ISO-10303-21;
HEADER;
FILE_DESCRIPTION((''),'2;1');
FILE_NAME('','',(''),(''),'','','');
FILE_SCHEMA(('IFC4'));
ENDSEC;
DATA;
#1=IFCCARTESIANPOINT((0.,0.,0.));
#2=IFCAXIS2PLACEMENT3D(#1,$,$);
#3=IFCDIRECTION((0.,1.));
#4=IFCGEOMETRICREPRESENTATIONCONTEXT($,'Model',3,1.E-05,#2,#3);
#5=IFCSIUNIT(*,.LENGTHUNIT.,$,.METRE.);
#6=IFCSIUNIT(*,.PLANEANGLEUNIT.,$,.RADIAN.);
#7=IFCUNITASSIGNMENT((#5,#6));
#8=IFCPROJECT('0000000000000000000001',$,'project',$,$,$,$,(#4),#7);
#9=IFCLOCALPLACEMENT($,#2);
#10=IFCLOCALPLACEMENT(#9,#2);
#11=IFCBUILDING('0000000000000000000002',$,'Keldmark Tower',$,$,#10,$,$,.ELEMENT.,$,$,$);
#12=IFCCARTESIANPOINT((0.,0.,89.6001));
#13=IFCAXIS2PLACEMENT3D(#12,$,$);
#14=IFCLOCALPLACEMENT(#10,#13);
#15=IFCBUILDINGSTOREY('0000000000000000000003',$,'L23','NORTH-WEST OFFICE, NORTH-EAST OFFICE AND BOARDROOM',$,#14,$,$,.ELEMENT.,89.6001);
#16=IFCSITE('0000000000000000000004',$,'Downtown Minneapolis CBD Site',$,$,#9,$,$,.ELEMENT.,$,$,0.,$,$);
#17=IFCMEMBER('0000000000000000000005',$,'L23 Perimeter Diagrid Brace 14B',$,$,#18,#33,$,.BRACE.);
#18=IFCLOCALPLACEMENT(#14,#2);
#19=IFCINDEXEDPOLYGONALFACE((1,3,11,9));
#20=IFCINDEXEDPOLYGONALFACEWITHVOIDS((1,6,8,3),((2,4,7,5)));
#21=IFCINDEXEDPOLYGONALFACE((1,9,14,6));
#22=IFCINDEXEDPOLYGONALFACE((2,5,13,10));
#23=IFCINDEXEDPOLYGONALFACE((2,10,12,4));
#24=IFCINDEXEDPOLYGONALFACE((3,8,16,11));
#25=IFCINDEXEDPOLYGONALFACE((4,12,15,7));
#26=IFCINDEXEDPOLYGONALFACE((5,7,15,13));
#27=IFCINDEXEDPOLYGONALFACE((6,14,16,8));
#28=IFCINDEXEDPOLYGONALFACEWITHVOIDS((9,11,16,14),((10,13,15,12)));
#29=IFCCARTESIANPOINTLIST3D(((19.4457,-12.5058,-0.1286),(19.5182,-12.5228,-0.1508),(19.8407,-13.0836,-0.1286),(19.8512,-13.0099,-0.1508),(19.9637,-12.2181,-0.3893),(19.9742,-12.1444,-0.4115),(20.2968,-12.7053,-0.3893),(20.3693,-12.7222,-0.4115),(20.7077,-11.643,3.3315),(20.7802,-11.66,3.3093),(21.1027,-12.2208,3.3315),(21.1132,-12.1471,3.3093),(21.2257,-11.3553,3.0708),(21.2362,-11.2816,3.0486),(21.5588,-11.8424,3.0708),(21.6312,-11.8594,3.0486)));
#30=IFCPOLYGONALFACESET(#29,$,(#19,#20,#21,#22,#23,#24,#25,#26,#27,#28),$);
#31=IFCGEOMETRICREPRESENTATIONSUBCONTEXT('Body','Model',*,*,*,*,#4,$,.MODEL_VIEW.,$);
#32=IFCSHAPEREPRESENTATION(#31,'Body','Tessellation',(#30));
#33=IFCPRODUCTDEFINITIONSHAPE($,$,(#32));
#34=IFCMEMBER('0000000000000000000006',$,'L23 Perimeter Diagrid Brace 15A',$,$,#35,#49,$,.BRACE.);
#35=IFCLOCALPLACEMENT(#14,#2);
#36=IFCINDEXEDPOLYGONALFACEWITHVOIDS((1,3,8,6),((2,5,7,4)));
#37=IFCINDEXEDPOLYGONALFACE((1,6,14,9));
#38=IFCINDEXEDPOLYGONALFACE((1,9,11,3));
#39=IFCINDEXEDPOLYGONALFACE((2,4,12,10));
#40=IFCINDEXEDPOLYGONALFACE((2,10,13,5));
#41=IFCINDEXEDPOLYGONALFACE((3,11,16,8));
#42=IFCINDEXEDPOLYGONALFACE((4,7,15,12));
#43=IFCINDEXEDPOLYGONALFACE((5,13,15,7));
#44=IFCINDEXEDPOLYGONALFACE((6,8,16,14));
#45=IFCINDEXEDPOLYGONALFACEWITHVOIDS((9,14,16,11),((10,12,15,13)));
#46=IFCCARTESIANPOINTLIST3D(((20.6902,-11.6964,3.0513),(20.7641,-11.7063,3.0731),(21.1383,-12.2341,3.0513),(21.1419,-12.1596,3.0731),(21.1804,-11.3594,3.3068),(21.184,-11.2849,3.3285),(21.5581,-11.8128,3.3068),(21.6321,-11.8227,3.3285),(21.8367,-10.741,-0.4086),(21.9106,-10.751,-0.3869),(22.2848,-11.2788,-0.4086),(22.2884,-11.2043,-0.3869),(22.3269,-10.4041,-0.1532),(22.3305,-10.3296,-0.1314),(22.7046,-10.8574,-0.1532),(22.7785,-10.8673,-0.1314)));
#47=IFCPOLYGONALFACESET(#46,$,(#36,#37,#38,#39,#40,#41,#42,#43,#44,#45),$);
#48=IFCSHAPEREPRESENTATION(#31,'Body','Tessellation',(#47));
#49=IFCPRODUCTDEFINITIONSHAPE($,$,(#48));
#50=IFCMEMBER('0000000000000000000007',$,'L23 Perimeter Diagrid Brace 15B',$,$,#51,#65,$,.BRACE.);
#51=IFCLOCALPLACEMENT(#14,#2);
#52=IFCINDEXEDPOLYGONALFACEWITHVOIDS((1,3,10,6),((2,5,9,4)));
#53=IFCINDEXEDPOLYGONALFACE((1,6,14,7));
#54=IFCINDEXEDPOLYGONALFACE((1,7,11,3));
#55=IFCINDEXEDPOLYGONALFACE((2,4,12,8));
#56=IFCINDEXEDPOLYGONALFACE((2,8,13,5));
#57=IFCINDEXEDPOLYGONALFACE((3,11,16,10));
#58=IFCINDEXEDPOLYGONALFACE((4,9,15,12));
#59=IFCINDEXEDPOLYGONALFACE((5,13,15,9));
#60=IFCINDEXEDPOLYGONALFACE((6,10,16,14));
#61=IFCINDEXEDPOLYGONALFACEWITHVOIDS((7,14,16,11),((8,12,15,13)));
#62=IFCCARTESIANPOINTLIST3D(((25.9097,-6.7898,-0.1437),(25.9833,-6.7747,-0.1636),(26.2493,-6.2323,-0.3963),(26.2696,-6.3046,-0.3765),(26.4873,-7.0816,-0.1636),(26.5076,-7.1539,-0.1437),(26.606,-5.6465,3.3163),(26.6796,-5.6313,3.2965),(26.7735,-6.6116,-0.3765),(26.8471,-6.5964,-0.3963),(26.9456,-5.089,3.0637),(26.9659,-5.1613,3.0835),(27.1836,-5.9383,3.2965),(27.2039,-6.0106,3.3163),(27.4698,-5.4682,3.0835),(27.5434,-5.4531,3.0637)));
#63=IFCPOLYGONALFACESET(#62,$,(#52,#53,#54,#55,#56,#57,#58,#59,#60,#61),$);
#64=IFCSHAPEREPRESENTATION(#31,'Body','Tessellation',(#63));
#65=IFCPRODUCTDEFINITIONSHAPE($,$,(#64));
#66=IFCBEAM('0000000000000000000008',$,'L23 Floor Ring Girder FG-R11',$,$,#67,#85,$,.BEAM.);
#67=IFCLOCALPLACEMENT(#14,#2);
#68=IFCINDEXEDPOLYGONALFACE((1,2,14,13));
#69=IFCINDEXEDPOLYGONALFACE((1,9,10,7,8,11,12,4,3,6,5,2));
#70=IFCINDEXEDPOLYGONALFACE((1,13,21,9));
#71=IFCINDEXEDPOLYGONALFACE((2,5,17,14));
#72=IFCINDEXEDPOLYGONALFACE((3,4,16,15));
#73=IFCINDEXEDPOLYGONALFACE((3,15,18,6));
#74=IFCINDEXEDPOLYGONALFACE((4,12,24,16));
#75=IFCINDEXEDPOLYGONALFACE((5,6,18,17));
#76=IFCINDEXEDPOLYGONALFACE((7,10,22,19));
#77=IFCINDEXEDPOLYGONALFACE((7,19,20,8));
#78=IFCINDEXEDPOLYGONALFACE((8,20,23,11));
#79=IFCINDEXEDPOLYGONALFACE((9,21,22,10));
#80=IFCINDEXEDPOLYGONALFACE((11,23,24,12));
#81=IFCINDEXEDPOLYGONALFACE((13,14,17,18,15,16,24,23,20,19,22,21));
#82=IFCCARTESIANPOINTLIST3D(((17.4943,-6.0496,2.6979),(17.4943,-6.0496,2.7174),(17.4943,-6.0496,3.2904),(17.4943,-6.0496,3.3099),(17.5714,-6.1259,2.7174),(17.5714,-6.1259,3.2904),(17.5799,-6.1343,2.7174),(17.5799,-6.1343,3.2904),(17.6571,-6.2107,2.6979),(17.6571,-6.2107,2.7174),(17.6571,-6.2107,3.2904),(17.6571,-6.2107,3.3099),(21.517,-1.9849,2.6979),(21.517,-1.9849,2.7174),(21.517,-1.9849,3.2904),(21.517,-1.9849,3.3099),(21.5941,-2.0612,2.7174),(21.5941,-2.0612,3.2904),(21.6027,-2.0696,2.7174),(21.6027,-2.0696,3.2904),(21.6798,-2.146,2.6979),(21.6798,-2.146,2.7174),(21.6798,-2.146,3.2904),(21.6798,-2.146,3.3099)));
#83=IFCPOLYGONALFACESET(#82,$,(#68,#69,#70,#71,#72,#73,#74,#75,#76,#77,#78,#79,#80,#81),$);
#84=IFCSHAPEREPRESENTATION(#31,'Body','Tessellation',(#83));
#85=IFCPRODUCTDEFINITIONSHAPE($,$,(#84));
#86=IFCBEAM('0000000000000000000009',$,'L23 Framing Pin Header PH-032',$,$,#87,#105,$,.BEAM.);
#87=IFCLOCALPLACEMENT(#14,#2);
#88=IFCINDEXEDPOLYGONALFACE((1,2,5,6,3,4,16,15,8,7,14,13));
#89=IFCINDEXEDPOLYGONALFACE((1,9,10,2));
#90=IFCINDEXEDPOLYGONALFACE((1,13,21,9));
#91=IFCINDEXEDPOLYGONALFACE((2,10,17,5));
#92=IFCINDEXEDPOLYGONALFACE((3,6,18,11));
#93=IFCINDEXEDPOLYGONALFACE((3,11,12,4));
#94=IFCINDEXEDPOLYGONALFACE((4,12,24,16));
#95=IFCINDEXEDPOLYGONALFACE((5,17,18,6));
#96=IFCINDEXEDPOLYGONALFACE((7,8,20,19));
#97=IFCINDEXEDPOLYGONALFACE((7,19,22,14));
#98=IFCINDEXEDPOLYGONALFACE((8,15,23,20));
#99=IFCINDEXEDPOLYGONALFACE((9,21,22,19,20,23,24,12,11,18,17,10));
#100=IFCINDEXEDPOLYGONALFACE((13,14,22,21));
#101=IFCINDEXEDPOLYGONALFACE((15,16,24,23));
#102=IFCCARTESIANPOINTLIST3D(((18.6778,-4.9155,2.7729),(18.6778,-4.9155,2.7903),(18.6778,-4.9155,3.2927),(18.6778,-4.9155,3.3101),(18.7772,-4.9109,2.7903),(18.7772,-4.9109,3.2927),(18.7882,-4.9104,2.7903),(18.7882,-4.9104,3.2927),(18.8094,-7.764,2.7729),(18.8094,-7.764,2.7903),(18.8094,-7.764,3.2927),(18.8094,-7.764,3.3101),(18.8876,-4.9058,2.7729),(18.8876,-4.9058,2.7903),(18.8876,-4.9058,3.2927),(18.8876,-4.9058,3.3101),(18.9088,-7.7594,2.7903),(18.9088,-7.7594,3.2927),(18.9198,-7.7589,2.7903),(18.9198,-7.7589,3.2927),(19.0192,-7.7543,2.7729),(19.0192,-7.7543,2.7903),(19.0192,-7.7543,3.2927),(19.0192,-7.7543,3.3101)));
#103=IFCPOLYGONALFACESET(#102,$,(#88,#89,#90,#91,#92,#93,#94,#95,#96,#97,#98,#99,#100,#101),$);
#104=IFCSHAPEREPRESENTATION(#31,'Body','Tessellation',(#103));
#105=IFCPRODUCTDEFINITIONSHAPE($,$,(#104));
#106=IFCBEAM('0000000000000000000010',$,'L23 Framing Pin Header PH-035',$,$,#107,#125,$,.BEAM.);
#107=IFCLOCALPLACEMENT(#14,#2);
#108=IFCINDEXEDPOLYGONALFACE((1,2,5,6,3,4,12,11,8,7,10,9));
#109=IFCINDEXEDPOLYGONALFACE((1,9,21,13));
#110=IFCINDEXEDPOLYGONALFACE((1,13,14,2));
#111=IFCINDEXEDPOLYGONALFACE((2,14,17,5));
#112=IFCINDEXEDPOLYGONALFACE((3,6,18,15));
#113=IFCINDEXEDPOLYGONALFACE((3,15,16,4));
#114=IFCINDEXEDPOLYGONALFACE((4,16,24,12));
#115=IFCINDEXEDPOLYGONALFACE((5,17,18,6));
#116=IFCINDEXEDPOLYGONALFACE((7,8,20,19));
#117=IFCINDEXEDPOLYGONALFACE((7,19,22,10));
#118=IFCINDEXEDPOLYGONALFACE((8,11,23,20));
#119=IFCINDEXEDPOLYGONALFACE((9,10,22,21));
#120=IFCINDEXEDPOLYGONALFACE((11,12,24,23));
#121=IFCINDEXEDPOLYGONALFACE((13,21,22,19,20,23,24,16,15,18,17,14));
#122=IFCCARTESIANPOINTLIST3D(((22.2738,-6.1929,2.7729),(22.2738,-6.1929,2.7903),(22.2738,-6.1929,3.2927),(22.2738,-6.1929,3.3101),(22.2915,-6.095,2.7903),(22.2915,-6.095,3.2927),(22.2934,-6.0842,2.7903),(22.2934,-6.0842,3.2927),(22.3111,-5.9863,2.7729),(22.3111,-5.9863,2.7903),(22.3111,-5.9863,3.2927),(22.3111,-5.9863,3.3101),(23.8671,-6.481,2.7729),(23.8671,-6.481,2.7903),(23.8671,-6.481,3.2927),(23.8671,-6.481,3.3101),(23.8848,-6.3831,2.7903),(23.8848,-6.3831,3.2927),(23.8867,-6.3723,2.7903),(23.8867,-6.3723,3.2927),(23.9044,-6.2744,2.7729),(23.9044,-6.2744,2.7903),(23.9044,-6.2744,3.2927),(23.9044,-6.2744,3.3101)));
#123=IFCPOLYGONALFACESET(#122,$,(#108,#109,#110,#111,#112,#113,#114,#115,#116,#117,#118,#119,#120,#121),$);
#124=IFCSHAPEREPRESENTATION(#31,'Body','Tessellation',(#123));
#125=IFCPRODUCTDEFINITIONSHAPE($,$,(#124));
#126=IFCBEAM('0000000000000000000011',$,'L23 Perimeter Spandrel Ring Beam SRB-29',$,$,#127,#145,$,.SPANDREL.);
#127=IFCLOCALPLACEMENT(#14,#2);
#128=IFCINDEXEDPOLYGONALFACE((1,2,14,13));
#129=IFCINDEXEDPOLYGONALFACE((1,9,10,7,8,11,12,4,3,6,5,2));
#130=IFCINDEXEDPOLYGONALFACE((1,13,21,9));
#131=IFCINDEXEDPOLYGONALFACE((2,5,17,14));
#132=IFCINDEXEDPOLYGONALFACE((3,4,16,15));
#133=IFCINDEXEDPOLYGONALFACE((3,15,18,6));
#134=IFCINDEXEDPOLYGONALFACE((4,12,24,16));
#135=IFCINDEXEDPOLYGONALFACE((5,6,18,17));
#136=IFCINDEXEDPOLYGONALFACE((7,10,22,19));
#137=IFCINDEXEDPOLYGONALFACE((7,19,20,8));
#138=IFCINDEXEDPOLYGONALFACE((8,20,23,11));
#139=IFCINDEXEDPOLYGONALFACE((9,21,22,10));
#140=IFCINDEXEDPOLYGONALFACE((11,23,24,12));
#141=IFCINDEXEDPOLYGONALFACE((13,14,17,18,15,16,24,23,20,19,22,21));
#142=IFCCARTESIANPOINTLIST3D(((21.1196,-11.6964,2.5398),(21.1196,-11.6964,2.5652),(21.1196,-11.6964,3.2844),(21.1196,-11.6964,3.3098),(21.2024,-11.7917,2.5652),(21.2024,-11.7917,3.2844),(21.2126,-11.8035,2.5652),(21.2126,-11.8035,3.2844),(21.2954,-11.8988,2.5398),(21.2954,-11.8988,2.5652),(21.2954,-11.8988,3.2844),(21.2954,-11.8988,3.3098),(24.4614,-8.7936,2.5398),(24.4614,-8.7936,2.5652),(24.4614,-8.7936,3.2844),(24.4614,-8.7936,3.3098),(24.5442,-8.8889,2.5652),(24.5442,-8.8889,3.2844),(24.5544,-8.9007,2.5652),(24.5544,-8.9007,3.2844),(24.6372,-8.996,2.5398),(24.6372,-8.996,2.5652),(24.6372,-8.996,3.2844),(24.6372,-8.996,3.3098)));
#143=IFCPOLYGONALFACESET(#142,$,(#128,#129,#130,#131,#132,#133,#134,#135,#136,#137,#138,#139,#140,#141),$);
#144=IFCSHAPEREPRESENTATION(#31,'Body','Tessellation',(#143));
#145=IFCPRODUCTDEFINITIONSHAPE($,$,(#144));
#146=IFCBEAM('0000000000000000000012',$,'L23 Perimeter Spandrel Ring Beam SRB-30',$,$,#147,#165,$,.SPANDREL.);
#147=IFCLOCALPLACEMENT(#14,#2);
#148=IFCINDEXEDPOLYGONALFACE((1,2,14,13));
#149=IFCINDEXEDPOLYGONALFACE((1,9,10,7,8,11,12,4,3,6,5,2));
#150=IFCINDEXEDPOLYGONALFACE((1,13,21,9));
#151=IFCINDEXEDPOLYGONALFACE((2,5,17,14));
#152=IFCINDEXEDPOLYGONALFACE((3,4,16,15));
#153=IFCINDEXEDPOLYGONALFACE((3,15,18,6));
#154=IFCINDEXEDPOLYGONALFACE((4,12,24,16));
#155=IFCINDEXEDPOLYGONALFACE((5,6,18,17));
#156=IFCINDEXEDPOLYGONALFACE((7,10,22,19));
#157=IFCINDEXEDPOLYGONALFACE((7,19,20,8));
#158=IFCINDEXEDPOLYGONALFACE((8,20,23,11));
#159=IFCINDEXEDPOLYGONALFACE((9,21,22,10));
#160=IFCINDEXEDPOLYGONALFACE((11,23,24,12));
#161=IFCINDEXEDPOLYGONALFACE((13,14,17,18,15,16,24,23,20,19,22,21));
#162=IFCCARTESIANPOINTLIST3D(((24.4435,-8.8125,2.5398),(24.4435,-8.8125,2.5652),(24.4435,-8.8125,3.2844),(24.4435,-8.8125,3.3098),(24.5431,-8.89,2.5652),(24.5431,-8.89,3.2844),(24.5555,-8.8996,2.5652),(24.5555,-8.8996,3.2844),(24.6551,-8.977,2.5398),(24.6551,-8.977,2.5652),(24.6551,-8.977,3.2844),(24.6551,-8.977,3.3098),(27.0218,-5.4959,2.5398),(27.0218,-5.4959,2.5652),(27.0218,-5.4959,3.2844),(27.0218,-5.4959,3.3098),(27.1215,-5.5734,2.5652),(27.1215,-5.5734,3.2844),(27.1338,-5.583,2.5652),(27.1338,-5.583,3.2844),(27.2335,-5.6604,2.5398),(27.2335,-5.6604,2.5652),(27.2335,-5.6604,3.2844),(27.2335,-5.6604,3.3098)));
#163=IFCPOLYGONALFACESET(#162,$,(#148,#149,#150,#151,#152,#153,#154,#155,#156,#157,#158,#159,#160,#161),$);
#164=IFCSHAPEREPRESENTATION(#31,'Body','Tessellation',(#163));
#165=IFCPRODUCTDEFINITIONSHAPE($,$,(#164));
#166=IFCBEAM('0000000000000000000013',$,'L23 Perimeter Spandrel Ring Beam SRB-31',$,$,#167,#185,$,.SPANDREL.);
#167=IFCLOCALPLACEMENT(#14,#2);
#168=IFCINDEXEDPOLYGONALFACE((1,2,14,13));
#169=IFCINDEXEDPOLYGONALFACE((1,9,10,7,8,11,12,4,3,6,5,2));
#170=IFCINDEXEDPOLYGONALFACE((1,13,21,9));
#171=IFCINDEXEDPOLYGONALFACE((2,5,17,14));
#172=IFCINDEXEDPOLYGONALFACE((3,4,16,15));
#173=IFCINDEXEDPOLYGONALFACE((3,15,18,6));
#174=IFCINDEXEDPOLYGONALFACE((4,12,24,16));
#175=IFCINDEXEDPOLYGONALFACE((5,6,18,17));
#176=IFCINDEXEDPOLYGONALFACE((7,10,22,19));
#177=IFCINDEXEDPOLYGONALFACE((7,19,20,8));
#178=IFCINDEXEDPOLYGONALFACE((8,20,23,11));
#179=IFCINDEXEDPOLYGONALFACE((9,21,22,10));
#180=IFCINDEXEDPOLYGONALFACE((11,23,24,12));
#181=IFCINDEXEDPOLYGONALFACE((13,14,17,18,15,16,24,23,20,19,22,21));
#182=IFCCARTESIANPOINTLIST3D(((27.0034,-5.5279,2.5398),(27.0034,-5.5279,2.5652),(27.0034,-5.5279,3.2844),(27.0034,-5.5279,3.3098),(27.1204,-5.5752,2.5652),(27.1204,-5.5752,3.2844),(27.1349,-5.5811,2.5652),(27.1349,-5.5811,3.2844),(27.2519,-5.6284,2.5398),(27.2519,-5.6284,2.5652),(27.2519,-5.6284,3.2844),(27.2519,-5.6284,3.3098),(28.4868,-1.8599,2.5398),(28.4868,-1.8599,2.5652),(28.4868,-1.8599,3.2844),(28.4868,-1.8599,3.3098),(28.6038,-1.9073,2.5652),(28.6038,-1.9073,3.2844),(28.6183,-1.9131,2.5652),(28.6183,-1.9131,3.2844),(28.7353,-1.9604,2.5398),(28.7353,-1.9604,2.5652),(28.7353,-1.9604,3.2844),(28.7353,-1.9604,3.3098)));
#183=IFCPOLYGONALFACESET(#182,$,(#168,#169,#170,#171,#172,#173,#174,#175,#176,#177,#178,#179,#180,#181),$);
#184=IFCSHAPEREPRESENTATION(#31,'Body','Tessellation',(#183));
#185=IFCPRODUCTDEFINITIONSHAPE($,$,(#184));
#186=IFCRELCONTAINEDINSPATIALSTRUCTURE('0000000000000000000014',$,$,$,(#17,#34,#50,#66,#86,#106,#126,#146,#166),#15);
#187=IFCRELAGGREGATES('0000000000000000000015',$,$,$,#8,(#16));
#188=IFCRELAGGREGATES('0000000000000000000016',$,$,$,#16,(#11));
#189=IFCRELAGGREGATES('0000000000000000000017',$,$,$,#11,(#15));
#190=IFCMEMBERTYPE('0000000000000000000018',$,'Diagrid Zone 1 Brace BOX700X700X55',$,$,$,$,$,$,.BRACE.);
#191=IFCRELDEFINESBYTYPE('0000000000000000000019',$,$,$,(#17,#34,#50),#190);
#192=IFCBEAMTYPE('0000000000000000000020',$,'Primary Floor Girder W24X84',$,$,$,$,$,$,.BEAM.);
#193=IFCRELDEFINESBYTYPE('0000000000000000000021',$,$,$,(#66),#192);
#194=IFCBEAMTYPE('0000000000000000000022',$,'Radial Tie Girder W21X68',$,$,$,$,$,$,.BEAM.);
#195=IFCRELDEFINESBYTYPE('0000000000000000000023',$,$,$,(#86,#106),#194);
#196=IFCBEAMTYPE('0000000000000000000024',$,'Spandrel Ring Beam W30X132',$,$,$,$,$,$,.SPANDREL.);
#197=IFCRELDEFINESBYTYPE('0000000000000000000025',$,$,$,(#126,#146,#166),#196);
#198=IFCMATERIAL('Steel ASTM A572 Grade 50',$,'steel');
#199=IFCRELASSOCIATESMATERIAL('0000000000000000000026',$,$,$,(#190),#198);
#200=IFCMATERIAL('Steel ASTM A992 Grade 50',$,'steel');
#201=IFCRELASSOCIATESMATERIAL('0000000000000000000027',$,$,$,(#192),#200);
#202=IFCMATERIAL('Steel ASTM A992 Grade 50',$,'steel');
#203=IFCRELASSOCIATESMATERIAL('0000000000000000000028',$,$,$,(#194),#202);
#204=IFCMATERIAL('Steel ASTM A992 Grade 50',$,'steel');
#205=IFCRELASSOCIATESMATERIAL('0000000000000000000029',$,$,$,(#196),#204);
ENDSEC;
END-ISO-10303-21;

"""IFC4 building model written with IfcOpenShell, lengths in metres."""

from ifc_helpers import new_model, si_unit, direction, frame, origin, origin_2d, place, context, subcontext, project, spatial, hollow_rectangle, i_section, extrude, material, material_profile, profile_set, type_object, element, save


model = new_model("IFC4")

# Units and contexts
model_context = context("Model", 3, precision=1e-05, world=origin(), true_north=direction((0.0, 1.0)))
body_context = subcontext(model_context, "Body", "Model", "MODEL_VIEW")
ifc_project = project(units=[si_unit("LENGTHUNIT", "METRE"), si_unit("PLANEANGLEUNIT", "RADIAN")], contexts=[model_context])

# Site, building, storey
site_placement = place(None, origin())
site = spatial("IfcSite", under=ifc_project, at=site_placement, Name="Downtown Minneapolis CBD Site", CompositionType="ELEMENT", RefElevation=0.0)
building_placement = place(site_placement, origin())
building = spatial("IfcBuilding", under=site, at=building_placement, Name="Keldmark Tower", CompositionType="ELEMENT")
storey_placement = place(building_placement, frame((0.0, 0.0, 89.6001)))
storey = spatial("IfcBuildingStorey", under=building, at=storey_placement, Name="L23", Description="NORTH-WEST OFFICE, NORTH-EAST OFFICE AND BOARDROOM", CompositionType="ELEMENT", Elevation=89.6001)

# Members
ifc_material_1 = material(Name="Steel ASTM A572 Grade 50", Category="steel")
ifc_material_profile_1 = material_profile(ifc_material_1, hollow_rectangle(XDim=0.7, YDim=0.7, WallThickness=0.0549, at=origin_2d()), Name="BOX700X700X55")
ifc_profile_set_1 = profile_set([ifc_material_profile_1], Name="Steel ASTM A572 Grade 50")
member_type = type_object("IfcMemberType", Name="Diagrid Zone 1 Brace BOX700X700X55", PredefinedType="BRACE", material=ifc_profile_set_1)
member_1_placement = place(storey_placement, frame((19.9075, -12.614, -0.27), z_axis=(0.33362, 0.228093, 0.914697), x_axis=(-0.564392, 0.825507, 0.0)))
element("IfcMember", 1, at=member_1_placement, inside=storey, type_object=member_type, Name="L23 Perimeter Diagrid Brace 14B", PredefinedType="BRACE", context=body_context, shape_type="SweptSolid", body=[
    extrude(hollow_rectangle(XDim=0.7, YDim=0.7, WallThickness=0.0549, at=origin_2d()), origin(), (0.0, 0.0, 1.0), 3.7827),
])
member_2_placement = place(storey_placement, frame((22.3076, -10.8042, -0.27), z_axis=(-0.304263, -0.253531, 0.91823), x_axis=(0.640152, -0.768248, 0.0)))
element("IfcMember", 2, at=member_2_placement, inside=storey, type_object=member_type, Name="L23 Perimeter Diagrid Brace 15A", PredefinedType="BRACE", context=body_context, shape_type="SweptSolid", body=[
    extrude(hollow_rectangle(XDim=0.7, YDim=0.7, WallThickness=0.0549, at=origin_2d()), origin(), (0.0, 0.0, 1.0), 3.7681),
])
member_3_placement = place(storey_placement, frame((26.3784, -6.6931, -0.27), z_axis=(0.187684, 0.308179, 0.932631), x_axis=(-0.854079, 0.520144, 0.0)))
element("IfcMember", 3, at=member_3_placement, inside=storey, type_object=member_type, Name="L23 Perimeter Diagrid Brace 15B", PredefinedType="BRACE", context=body_context, shape_type="SweptSolid", body=[
    extrude(hollow_rectangle(XDim=0.7, YDim=0.7, WallThickness=0.0549, at=origin_2d()), origin(), (0.0, 0.0, 1.0), 3.71),
])

# Beams
ifc_material_2 = material(Name="Steel ASTM A992 Grade 50", Category="steel")
ifc_material_profile_2 = material_profile(ifc_material_2, i_section(OverallWidth=0.229, OverallDepth=0.6121, WebThickness=0.012, FlangeThickness=0.0195, at=origin_2d()), Name="W24X84")
ifc_profile_set_2 = profile_set([ifc_material_profile_2], Name="Steel ASTM A992 Grade 50")
beam_type_1 = type_object("IfcBeamType", Name="Primary Floor Girder W24X84", PredefinedType="BEAM", material=ifc_profile_set_2)
beam_1_placement = place(storey_placement, frame((17.5757, -6.1301, 3.0039), z_axis=(0.703426, 0.710769, 0.0), x_axis=(-0.710769, 0.703426, 0.0)))
element("IfcBeam", 4, at=beam_1_placement, inside=storey, type_object=beam_type_1, Name="L23 Floor Ring Girder FG-R11", PredefinedType="BEAM", context=body_context, shape_type="SweptSolid", body=[
    extrude(i_section(OverallWidth=0.229, OverallDepth=0.6121, WebThickness=0.012, FlangeThickness=0.0195, at=origin_2d()), origin(), (0.0, 0.0, 1.0), 5.7188),
])
ifc_material_3 = material(Name="Steel ASTM A992 Grade 50", Category="steel")
ifc_material_profile_3 = material_profile(ifc_material_3, i_section(OverallWidth=0.21, OverallDepth=0.5371, WebThickness=0.011, FlangeThickness=0.0173, at=origin_2d()), Name="W21X68")
ifc_profile_set_3 = profile_set([ifc_material_profile_3], Name="Steel ASTM A992 Grade 50")
beam_type_2 = type_object("IfcBeamType", Name="Radial Tie Girder W21X68", PredefinedType="BEAM", material=ifc_profile_set_3)
beam_2_placement = place(storey_placement, frame((18.7827, -4.9106, 3.0415), z_axis=(0.046146, -0.998935, 0.0), x_axis=(0.998935, 0.046146, 0.0)))
element("IfcBeam", 5, at=beam_2_placement, inside=storey, type_object=beam_type_2, Name="L23 Framing Pin Header PH-032", PredefinedType="BEAM", context=body_context, shape_type="SweptSolid", body=[
    extrude(i_section(OverallWidth=0.21, OverallDepth=0.5371, WebThickness=0.011, FlangeThickness=0.0173, at=origin_2d()), origin(), (0.0, 0.0, 1.0), 2.8516),
])
beam_3_placement = place(storey_placement, frame((23.8857, -6.3777, 3.0415), z_axis=(-0.984043, 0.17793, 0.0), x_axis=(-0.17793, -0.984043, 0.0)))
element("IfcBeam", 6, at=beam_3_placement, inside=storey, type_object=beam_type_2, Name="L23 Framing Pin Header PH-035", PredefinedType="BEAM", context=body_context, shape_type="SweptSolid", body=[
    extrude(i_section(OverallWidth=0.21, OverallDepth=0.5371, WebThickness=0.011, FlangeThickness=0.0173, at=origin_2d()), origin(), (0.0, 0.0, 1.0), 1.6191),
])
ifc_material_4 = material(Name="Steel ASTM A992 Grade 50", Category="steel")
ifc_material_profile_4 = material_profile(ifc_material_4, i_section(OverallWidth=0.2681, OverallDepth=0.77, WebThickness=0.0156, FlangeThickness=0.0254, at=origin_2d()), Name="W30X132")
ifc_profile_set_4 = profile_set([ifc_material_profile_4], Name="Steel ASTM A992 Grade 50")
beam_type_3 = type_object("IfcBeamType", Name="Spandrel Ring Beam W30X132", PredefinedType="SPANDREL", material=ifc_profile_set_4)
beam_4_placement = place(storey_placement, frame((21.2075, -11.7976, 2.9248), z_axis=(0.75495, 0.655783, 0.0), x_axis=(-0.655783, 0.75495, 0.0)))
element("IfcBeam", 7, at=beam_4_placement, inside=storey, type_object=beam_type_3, Name="L23 Perimeter Spandrel Ring Beam SRB-29", PredefinedType="SPANDREL", context=body_context, shape_type="SweptSolid", body=[
    extrude(i_section(OverallWidth=0.2681, OverallDepth=0.77, WebThickness=0.0156, FlangeThickness=0.0254, at=origin_2d()), origin(), (0.0, 0.0, 1.0), 4.4265),
])
beam_5_placement = place(storey_placement, frame((24.5493, -8.8948, 2.9248), z_axis=(0.613756, 0.789496, 0.0), x_axis=(-0.789496, 0.613756, 0.0)))
element("IfcBeam", 8, at=beam_5_placement, inside=storey, type_object=beam_type_3, Name="L23 Perimeter Spandrel Ring Beam SRB-30", PredefinedType="SPANDREL", context=body_context, shape_type="SweptSolid", body=[
    extrude(i_section(OverallWidth=0.2681, OverallDepth=0.77, WebThickness=0.0156, FlangeThickness=0.0254, at=origin_2d()), origin(), (0.0, 0.0, 1.0), 4.2009),
])
beam_6_placement = place(storey_placement, frame((27.1277, -5.5781, 2.9248), z_axis=(0.37492, 0.927057, 0.0), x_axis=(-0.927057, 0.37492, 0.0)))
element("IfcBeam", 9, at=beam_6_placement, inside=storey, type_object=beam_type_3, Name="L23 Perimeter Spandrel Ring Beam SRB-31", PredefinedType="SPANDREL", context=body_context, shape_type="SweptSolid", body=[
    extrude(i_section(OverallWidth=0.2681, OverallDepth=0.77, WebThickness=0.0156, FlangeThickness=0.0254, at=origin_2d()), origin(), (0.0, 0.0, 1.0), 3.9565),
])

save(model, "model.ifc")
